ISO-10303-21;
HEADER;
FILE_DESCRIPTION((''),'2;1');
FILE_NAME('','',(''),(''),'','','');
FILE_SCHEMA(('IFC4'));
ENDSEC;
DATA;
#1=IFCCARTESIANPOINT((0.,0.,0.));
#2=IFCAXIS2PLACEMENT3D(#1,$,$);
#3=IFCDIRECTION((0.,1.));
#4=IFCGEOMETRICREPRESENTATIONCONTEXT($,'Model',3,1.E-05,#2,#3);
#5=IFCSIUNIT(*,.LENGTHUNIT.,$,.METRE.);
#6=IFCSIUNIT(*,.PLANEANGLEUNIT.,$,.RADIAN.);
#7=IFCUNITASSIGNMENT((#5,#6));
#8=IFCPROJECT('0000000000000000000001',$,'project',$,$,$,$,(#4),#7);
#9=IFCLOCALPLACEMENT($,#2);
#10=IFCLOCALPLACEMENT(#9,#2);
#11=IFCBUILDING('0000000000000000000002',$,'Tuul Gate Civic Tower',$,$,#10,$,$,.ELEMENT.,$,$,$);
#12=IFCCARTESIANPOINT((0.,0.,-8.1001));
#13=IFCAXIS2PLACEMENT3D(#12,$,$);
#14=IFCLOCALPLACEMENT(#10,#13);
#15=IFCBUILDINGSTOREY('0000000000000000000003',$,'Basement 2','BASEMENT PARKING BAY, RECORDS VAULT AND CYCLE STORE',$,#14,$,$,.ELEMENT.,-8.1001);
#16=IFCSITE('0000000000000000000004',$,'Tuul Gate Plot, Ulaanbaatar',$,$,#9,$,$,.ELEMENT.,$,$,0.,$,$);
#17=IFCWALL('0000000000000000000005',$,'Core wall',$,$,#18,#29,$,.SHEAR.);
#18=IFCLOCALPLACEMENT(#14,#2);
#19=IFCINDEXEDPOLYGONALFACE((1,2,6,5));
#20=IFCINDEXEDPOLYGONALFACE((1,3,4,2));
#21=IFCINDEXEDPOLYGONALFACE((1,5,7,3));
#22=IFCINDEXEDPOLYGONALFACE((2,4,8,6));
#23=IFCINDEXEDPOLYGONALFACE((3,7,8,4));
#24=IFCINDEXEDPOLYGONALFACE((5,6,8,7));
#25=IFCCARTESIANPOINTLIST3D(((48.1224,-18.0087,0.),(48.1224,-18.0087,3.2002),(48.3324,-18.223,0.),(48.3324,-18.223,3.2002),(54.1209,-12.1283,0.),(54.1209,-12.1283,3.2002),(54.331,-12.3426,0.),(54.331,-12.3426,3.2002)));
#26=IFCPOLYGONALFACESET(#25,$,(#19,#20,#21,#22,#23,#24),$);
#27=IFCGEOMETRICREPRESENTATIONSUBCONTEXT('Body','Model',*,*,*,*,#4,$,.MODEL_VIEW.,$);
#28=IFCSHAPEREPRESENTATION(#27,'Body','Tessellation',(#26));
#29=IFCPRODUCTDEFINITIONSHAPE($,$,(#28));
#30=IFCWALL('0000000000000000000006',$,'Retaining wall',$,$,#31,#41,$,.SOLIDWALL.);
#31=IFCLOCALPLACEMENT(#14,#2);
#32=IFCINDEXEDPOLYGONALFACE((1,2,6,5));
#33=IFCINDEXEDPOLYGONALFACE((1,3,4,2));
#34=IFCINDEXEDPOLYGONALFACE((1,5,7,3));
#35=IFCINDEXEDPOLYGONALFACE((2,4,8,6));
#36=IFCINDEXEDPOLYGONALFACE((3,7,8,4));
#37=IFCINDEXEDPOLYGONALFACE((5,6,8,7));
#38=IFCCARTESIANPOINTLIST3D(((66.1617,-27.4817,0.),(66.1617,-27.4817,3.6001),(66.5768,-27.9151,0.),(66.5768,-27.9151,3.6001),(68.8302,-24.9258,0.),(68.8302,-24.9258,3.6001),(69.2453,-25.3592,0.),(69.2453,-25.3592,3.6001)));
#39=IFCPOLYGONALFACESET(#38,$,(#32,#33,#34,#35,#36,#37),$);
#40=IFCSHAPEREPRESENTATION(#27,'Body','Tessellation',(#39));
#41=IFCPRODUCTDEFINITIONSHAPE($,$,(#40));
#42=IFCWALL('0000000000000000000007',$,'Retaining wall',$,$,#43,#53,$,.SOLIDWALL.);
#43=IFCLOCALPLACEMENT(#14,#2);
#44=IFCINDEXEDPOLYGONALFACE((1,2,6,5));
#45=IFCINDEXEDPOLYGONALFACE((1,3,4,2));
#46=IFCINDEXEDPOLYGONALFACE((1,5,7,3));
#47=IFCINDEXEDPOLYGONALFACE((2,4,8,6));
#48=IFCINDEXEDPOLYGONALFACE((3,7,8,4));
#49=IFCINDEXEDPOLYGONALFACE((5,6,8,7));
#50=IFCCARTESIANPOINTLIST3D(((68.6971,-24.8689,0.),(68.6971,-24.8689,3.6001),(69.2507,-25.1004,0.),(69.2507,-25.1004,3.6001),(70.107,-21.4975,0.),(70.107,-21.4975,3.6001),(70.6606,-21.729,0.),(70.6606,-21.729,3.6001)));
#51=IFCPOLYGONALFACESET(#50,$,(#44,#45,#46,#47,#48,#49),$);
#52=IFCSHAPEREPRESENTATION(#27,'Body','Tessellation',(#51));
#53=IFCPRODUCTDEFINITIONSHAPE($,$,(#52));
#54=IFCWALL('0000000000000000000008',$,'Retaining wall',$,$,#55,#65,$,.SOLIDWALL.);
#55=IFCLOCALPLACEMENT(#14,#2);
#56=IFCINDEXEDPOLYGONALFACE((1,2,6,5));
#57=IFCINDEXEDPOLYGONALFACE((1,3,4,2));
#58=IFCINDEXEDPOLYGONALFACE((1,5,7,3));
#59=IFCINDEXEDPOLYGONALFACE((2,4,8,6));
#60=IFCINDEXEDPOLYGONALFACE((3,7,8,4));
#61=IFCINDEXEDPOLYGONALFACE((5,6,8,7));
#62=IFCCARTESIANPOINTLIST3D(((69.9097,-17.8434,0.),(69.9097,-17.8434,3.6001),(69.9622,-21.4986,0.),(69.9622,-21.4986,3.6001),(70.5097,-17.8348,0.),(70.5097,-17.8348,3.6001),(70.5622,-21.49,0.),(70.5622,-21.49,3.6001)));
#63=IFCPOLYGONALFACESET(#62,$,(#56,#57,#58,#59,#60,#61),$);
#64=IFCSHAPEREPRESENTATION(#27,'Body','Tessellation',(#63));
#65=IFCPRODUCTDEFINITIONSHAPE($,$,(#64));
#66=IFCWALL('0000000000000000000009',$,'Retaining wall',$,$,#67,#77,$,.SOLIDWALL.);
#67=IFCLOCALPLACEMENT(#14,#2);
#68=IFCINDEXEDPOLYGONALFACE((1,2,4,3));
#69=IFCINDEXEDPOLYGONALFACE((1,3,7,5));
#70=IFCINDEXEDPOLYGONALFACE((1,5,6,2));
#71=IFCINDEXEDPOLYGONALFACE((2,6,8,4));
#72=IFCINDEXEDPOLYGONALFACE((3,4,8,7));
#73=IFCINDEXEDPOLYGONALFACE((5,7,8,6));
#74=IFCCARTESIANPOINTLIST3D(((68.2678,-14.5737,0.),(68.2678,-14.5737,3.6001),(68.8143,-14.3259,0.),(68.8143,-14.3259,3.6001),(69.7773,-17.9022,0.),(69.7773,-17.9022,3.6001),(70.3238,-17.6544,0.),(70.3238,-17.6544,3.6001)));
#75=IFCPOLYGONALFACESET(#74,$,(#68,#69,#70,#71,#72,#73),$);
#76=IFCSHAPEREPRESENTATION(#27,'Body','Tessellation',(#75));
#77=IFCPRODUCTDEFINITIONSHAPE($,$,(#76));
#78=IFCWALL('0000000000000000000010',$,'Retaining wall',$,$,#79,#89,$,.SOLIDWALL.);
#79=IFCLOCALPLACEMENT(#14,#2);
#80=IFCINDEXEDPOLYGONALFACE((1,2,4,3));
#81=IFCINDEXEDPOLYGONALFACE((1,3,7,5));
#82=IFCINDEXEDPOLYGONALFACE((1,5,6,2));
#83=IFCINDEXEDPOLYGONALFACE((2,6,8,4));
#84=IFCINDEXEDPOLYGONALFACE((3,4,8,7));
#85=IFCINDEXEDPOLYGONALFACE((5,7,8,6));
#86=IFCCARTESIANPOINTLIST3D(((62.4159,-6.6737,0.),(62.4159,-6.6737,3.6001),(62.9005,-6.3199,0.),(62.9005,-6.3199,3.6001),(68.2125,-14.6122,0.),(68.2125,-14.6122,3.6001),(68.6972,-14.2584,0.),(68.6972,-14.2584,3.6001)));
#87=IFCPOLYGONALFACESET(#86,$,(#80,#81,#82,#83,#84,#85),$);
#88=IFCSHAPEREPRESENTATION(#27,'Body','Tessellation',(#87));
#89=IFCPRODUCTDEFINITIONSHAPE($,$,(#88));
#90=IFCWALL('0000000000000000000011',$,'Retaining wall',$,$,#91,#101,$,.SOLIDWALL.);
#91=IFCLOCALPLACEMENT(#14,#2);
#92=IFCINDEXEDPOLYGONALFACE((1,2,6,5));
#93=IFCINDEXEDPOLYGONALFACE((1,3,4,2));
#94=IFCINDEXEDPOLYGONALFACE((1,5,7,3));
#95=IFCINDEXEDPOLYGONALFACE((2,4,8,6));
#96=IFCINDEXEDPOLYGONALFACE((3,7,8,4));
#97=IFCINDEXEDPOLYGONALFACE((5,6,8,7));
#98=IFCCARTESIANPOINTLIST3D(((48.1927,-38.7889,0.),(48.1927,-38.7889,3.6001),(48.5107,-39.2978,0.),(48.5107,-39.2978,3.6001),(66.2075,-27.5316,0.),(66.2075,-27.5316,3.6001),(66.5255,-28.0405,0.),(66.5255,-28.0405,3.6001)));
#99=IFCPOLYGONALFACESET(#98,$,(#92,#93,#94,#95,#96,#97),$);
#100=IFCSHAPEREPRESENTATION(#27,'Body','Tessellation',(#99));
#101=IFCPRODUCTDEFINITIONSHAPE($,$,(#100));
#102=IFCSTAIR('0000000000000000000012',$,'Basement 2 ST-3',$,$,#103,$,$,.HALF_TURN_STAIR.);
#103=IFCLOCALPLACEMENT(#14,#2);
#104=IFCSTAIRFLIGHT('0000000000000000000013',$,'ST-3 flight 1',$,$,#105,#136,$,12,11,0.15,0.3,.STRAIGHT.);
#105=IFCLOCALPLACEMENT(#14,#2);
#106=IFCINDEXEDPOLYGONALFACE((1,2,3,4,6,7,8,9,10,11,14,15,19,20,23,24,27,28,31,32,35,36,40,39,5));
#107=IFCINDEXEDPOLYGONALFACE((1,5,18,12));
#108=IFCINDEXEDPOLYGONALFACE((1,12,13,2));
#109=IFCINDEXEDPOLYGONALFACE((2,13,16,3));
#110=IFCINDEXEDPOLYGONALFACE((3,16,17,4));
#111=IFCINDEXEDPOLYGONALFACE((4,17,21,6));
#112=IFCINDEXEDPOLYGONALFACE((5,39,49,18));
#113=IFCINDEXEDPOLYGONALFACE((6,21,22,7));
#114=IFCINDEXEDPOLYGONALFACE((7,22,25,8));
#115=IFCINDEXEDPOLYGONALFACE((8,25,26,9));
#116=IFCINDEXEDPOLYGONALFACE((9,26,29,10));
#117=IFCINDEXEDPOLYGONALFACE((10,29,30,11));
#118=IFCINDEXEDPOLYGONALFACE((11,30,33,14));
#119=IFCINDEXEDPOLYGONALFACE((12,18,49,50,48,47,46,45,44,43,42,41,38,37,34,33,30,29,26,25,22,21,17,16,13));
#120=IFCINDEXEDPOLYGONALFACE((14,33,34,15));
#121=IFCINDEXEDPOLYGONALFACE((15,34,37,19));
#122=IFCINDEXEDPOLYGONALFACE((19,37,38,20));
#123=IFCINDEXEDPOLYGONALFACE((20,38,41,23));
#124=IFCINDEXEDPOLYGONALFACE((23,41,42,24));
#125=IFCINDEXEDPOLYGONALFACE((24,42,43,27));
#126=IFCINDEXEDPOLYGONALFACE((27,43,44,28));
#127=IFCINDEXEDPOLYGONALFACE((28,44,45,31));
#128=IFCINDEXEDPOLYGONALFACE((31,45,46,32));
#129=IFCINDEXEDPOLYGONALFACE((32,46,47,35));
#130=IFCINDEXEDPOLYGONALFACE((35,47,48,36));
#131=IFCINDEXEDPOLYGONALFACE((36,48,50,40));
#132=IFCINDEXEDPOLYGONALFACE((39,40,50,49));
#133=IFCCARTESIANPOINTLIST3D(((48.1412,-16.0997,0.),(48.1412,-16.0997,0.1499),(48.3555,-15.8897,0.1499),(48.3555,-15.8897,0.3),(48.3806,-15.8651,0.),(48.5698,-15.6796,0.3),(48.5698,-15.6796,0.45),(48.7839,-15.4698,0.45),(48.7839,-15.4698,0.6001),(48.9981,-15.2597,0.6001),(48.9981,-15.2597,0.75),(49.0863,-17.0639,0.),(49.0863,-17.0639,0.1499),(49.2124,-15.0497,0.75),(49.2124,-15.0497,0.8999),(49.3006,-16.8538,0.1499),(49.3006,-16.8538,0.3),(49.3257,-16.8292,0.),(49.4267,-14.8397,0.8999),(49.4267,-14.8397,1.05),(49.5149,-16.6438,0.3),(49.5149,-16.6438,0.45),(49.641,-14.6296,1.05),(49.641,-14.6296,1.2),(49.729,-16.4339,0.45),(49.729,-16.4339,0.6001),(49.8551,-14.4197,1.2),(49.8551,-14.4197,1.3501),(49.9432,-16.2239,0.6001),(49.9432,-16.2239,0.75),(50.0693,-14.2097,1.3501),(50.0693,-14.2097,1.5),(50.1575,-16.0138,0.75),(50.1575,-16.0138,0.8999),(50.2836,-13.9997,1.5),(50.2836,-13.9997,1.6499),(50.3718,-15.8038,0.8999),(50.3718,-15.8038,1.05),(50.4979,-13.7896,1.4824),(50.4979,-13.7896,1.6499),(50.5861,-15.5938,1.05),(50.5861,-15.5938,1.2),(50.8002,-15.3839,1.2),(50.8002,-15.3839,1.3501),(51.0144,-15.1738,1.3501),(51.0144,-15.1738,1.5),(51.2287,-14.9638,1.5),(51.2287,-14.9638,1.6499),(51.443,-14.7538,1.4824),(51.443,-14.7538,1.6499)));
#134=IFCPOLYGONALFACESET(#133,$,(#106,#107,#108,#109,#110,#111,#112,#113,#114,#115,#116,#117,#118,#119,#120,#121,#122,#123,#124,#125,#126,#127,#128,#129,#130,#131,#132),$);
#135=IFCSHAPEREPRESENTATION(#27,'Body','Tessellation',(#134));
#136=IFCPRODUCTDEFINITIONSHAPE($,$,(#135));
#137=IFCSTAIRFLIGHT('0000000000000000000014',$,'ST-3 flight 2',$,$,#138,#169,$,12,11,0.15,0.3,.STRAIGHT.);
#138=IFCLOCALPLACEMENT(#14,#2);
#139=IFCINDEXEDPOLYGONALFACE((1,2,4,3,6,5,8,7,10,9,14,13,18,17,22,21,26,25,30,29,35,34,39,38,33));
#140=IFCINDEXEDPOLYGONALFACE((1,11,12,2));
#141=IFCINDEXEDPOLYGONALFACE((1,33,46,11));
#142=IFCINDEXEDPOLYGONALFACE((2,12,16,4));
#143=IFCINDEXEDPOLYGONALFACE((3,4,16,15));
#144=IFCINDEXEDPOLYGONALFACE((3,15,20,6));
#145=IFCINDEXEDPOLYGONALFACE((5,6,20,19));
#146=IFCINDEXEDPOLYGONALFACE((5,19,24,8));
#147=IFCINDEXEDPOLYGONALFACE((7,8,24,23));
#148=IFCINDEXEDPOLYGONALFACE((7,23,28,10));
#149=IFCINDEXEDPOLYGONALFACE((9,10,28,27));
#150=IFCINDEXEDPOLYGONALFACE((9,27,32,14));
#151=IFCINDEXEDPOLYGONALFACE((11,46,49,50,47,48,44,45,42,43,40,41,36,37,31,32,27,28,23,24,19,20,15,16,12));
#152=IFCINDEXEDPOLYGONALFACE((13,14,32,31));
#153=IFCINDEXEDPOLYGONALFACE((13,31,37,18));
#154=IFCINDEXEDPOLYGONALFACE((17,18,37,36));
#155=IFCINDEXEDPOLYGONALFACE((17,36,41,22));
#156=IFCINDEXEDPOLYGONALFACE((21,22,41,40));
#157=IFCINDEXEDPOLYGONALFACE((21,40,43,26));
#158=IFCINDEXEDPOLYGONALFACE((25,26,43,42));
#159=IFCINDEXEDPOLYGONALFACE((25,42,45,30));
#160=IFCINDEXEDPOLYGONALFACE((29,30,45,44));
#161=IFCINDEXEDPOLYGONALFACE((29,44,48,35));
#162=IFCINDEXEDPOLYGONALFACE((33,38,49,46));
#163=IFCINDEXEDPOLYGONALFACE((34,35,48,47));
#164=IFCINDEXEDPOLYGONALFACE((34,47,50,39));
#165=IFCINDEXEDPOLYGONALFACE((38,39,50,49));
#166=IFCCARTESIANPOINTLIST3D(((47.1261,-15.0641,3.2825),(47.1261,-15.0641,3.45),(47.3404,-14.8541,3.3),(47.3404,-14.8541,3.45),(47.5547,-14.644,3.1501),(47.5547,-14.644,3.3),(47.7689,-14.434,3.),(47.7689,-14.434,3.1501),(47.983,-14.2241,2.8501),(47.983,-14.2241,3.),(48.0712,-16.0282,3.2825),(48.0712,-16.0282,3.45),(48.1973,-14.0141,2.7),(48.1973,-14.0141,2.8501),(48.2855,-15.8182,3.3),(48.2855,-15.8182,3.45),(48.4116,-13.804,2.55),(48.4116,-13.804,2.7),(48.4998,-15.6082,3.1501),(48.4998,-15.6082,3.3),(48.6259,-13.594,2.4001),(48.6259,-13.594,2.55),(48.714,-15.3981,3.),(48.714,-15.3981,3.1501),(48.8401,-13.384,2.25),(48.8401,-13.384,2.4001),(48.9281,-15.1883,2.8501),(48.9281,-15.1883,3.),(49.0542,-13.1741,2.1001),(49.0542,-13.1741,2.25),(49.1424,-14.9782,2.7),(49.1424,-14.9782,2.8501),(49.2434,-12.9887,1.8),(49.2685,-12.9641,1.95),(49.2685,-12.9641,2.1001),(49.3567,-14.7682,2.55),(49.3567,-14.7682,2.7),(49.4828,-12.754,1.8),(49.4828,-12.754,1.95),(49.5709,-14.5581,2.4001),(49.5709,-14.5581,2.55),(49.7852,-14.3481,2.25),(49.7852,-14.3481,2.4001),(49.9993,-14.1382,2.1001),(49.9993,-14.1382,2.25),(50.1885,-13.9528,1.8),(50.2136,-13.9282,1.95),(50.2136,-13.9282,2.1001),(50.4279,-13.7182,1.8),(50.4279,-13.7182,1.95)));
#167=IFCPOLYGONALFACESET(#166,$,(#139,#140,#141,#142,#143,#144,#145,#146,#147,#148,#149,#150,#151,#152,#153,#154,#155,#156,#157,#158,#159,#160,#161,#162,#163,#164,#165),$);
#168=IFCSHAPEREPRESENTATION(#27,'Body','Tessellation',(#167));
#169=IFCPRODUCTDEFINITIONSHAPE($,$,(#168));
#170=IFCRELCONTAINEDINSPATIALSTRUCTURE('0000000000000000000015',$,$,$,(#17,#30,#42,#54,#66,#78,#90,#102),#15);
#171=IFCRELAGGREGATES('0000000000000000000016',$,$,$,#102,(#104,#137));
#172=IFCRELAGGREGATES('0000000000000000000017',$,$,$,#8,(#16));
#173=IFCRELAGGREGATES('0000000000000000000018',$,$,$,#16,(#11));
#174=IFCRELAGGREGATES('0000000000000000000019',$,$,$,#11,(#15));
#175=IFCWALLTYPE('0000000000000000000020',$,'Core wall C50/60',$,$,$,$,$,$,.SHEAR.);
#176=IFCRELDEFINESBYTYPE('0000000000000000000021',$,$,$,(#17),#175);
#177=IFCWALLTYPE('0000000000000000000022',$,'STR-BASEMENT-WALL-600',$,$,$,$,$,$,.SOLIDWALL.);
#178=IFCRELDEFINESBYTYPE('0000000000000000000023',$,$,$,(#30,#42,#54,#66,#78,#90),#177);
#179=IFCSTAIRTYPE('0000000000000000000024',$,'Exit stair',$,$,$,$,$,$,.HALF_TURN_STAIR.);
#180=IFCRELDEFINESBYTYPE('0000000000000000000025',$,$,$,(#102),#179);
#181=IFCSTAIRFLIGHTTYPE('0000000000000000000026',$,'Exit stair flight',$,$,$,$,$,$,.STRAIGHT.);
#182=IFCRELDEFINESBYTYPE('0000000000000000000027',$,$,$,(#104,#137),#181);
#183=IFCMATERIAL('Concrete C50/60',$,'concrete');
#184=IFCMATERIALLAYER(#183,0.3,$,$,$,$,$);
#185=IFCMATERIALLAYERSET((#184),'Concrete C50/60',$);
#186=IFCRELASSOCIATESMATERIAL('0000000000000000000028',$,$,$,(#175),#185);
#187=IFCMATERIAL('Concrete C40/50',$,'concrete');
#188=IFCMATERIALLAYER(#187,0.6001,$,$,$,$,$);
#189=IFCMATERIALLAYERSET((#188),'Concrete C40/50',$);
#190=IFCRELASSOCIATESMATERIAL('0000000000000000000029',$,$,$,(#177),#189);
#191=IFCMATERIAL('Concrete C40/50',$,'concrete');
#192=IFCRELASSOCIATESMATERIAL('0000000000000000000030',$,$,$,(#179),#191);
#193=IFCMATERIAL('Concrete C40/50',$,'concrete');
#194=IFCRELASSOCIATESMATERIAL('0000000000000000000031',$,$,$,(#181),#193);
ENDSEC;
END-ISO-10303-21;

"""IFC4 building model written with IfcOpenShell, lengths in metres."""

from ifc_helpers import new_model, si_unit, direction, frame, frame_2d, origin, place, context, subcontext, project, spatial, polyline, rectangle, outline, extrude, material, layer, layer_set, type_object, element, aggregate, save


model = new_model("IFC4")

# Units and contexts
model_context = context("Model", 3, precision=1e-05, world=origin(), true_north=direction((0.0, 1.0)))
body_context = subcontext(model_context, "Body", "Model", "MODEL_VIEW")
ifc_project = project(units=[si_unit("LENGTHUNIT", "METRE"), si_unit("PLANEANGLEUNIT", "RADIAN")], contexts=[model_context])

# Site, building, storey
site_placement = place(None, origin())
site = spatial("IfcSite", under=ifc_project, at=site_placement, Name="Tuul Gate Plot, Ulaanbaatar", CompositionType="ELEMENT", RefElevation=0.0)
building_placement = place(site_placement, origin())
building = spatial("IfcBuilding", under=site, at=building_placement, Name="Tuul Gate Civic Tower", CompositionType="ELEMENT")
storey_placement = place(building_placement, frame((0.0, 0.0, -8.1001)))
storey = spatial("IfcBuildingStorey", under=building, at=storey_placement, Name="Basement 2", Description="BASEMENT PARKING BAY, RECORDS VAULT AND CYCLE STORE", CompositionType="ELEMENT", Elevation=-8.1001)

# Shared definitions
ifc_material_1 = material(Name="Concrete C50/60", Category="concrete")
ifc_layer_1 = layer(ifc_material_1, 0.3)
ifc_layer_set_1 = layer_set([ifc_layer_1], Name="Concrete C50/60")
wall_type_1 = type_object("IfcWallType", Name="Core wall C50/60", PredefinedType="SHEAR", material=ifc_layer_set_1)

# Walls
wall_1_placement = place(storey_placement, frame((48.2273, -18.116, 0.0), z_axis=(0.0, 0.0, 1.0), x_axis=(0.714105, 0.700038, 0.0)))
element("IfcWall", 1, at=wall_1_placement, inside=storey, type_object=wall_type_1, Name="Core wall", PredefinedType="SHEAR", context=body_context, shape_type="SweptSolid", body=[
    extrude(rectangle(XDim=8.4001, YDim=0.3, at=frame_2d((4.2002, 0.0))), origin(), (0.0, 0.0, 1.0), 3.2002),
])
ifc_material_2 = material(Name="Concrete C40/50", Category="concrete")
ifc_layer_2 = layer(ifc_material_2, 0.6001)
ifc_layer_set_2 = layer_set([ifc_layer_2], Name="Concrete C40/50")
wall_type_2 = type_object("IfcWallType", Name="STR-BASEMENT-WALL-600", PredefinedType="SOLIDWALL", material=ifc_layer_set_2)
wall_2_placement = place(storey_placement, frame((66.3691, -27.6985, 0.0), z_axis=(0.0, 0.0, 1.0), x_axis=(0.722172, 0.691713, 0.0)))
element("IfcWall", 2, at=wall_2_placement, inside=storey, type_object=wall_type_2, Name="Retaining wall", PredefinedType="SOLIDWALL", context=body_context, shape_type="SweptSolid", body=[
    extrude(rectangle(XDim=3.6951, YDim=0.6001, at=frame_2d((1.8477, 0.0))), origin(), (0.0, 0.0, 1.0), 3.6001),
])
wall_3_placement = place(storey_placement, frame((68.9739, -24.9846, 0.0), z_axis=(0.0, 0.0, 1.0), x_axis=(0.385825, 0.922572, 0.0)))
element("IfcWall", 3, at=wall_3_placement, inside=storey, type_object=wall_type_2, Name="Retaining wall", PredefinedType="SOLIDWALL", context=body_context, shape_type="SweptSolid", body=[
    extrude(rectangle(XDim=3.6543, YDim=0.6001, at=frame_2d((1.8271, 0.0))), origin(), (0.0, 0.0, 1.0), 3.6001),
])
wall_4_placement = place(storey_placement, frame((70.2622, -21.4941, 0.0), z_axis=(0.0, 0.0, 1.0), x_axis=(-0.01436, 0.999897, 0.0)))
element("IfcWall", 4, at=wall_4_placement, inside=storey, type_object=wall_type_2, Name="Retaining wall", PredefinedType="SOLIDWALL", context=body_context, shape_type="SweptSolid", body=[
    extrude(rectangle(XDim=3.6555, YDim=0.6001, at=frame_2d((1.8276, 0.0))), origin(), (0.0, 0.0, 1.0), 3.6001),
])
wall_5_placement = place(storey_placement, frame((70.0505, -17.7783, 0.0), z_axis=(0.0, 0.0, 1.0), x_axis=(-0.413013, 0.910725, 0.0)))
element("IfcWall", 5, at=wall_5_placement, inside=storey, type_object=wall_type_2, Name="Retaining wall", PredefinedType="SOLIDWALL", context=body_context, shape_type="SweptSolid", body=[
    extrude(rectangle(XDim=3.6548, YDim=0.6001, at=frame_2d((1.8274, 0.0))), origin(), (0.0, 0.0, 1.0), 3.6001),
])
wall_6_placement = place(storey_placement, frame((68.4548, -14.4353, 0.0), z_axis=(0.0, 0.0, 1.0), x_axis=(-0.589714, 0.807612, 0.0)))
element("IfcWall", 6, at=wall_6_placement, inside=storey, type_object=wall_type_2, Name="Retaining wall", PredefinedType="SOLIDWALL", context=body_context, shape_type="SweptSolid", body=[
    extrude(rectangle(XDim=9.8296, YDim=0.6001, at=frame_2d((4.9148, 0.0))), origin(), (0.0, 0.0, 1.0), 3.6001),
])
wall_7_placement = place(storey_placement, frame((48.3516, -39.0435, 0.0), z_axis=(0.0, 0.0, 1.0), x_axis=(0.84804, 0.529932, 0.0)))
element("IfcWall", 7, at=wall_7_placement, inside=storey, type_object=wall_type_2, Name="Retaining wall", PredefinedType="SOLIDWALL", context=body_context, shape_type="SweptSolid", body=[
    extrude(rectangle(XDim=21.2429, YDim=0.6001, at=frame_2d((10.6216, 0.0))), origin(), (0.0, 0.0, 1.0), 3.6001),
])

# Stair, stair flights
ifc_material_3 = material(Name="Concrete C40/50", Category="concrete")
stair_type = type_object("IfcStairType", Name="Exit stair", PredefinedType="HALF_TURN_STAIR", material=ifc_material_3)
stair_placement = place(storey_placement, origin())
stair = element("IfcStair", 8, at=stair_placement, inside=storey, type_object=stair_type, Name="Basement 2 ST-3", PredefinedType="HALF_TURN_STAIR")
ifc_material_4 = material(Name="Concrete C40/50", Category="concrete")
stair_flight_type = type_object("IfcStairFlightType", Name="Exit stair flight", PredefinedType="STRAIGHT", material=ifc_material_4)
stair_flight_1_placement = place(storey_placement, frame((48.6138, -16.5818, 0.0), z_axis=(0.0, 0.0, 1.0), x_axis=(0.714127, 0.700016, 0.0)))
stair_flight_1 = element("IfcStairFlight", 9, at=stair_flight_1_placement, type_object=stair_flight_type, Name="ST-3 flight 1", NumberOfRisers=12, NumberOfTreads=11, PredefinedType="STRAIGHT", RiserHeight=0.15, TreadLength=0.3, context=body_context, shape_type="SweptSolid", body=[
    extrude(outline(polyline([(0.0, 0.0), (0.0, 0.1499), (0.3, 0.1499), (0.3, 0.3), (0.6001, 0.3), (0.6001, 0.45), (0.8999, 0.45), (0.8999, 0.6001), (1.2, 0.6001), (1.2, 0.75), (1.5, 0.75), (1.5, 0.8999), (1.8, 0.8999), (1.8, 1.05), (2.1001, 1.05), (2.1001, 1.2), (2.3999, 1.2), (2.3999, 1.3501), (2.7, 1.3501), (2.7, 1.5), (3.0, 1.5), (3.0, 1.6499), (3.3, 1.6499), (3.3, 1.8), (3.3, 1.4824), (0.3352, 0.0), (0.0, 0.0)])), frame((0.0, 0.675, 0.0), z_axis=(0.0, -1.0, 0.0), x_axis=(1.0, 0.0, 0.0)), (0.0, 0.0, 1.0), 1.3501),
])
stair_flight_2_placement = place(storey_placement, frame((49.9553, -13.2361, 1.8), z_axis=(0.0, 0.0, 1.0), x_axis=(-0.714127, -0.700016, 0.0)))
stair_flight_2 = element("IfcStairFlight", 10, at=stair_flight_2_placement, type_object=stair_flight_type, Name="ST-3 flight 2", NumberOfRisers=12, NumberOfTreads=11, PredefinedType="STRAIGHT", RiserHeight=0.15, TreadLength=0.3, context=body_context, shape_type="SweptSolid", body=[
    extrude(outline(polyline([(0.0, 0.0), (0.0, 0.1499), (0.3, 0.1499), (0.3, 0.3), (0.6001, 0.3), (0.6001, 0.45), (0.8999, 0.45), (0.8999, 0.6001), (1.2, 0.6001), (1.2, 0.75), (1.5, 0.75), (1.5, 0.8999), (1.8, 0.8999), (1.8, 1.05), (2.1001, 1.05), (2.1001, 1.2), (2.3999, 1.2), (2.3999, 1.3501), (2.7, 1.3501), (2.7, 1.5), (3.0, 1.5), (3.0, 1.6499), (3.3, 1.6499), (3.3, 1.8), (3.3, 1.4824), (0.3352, 0.0), (0.0, 0.0)])), frame((0.0, 0.675, 0.0), z_axis=(0.0, -1.0, 0.0), x_axis=(1.0, 0.0, 0.0)), (0.0, 0.0, 1.0), 1.3501),
])
aggregate(stair, [stair_flight_1, stair_flight_2])

save(model, "model.ifc")
